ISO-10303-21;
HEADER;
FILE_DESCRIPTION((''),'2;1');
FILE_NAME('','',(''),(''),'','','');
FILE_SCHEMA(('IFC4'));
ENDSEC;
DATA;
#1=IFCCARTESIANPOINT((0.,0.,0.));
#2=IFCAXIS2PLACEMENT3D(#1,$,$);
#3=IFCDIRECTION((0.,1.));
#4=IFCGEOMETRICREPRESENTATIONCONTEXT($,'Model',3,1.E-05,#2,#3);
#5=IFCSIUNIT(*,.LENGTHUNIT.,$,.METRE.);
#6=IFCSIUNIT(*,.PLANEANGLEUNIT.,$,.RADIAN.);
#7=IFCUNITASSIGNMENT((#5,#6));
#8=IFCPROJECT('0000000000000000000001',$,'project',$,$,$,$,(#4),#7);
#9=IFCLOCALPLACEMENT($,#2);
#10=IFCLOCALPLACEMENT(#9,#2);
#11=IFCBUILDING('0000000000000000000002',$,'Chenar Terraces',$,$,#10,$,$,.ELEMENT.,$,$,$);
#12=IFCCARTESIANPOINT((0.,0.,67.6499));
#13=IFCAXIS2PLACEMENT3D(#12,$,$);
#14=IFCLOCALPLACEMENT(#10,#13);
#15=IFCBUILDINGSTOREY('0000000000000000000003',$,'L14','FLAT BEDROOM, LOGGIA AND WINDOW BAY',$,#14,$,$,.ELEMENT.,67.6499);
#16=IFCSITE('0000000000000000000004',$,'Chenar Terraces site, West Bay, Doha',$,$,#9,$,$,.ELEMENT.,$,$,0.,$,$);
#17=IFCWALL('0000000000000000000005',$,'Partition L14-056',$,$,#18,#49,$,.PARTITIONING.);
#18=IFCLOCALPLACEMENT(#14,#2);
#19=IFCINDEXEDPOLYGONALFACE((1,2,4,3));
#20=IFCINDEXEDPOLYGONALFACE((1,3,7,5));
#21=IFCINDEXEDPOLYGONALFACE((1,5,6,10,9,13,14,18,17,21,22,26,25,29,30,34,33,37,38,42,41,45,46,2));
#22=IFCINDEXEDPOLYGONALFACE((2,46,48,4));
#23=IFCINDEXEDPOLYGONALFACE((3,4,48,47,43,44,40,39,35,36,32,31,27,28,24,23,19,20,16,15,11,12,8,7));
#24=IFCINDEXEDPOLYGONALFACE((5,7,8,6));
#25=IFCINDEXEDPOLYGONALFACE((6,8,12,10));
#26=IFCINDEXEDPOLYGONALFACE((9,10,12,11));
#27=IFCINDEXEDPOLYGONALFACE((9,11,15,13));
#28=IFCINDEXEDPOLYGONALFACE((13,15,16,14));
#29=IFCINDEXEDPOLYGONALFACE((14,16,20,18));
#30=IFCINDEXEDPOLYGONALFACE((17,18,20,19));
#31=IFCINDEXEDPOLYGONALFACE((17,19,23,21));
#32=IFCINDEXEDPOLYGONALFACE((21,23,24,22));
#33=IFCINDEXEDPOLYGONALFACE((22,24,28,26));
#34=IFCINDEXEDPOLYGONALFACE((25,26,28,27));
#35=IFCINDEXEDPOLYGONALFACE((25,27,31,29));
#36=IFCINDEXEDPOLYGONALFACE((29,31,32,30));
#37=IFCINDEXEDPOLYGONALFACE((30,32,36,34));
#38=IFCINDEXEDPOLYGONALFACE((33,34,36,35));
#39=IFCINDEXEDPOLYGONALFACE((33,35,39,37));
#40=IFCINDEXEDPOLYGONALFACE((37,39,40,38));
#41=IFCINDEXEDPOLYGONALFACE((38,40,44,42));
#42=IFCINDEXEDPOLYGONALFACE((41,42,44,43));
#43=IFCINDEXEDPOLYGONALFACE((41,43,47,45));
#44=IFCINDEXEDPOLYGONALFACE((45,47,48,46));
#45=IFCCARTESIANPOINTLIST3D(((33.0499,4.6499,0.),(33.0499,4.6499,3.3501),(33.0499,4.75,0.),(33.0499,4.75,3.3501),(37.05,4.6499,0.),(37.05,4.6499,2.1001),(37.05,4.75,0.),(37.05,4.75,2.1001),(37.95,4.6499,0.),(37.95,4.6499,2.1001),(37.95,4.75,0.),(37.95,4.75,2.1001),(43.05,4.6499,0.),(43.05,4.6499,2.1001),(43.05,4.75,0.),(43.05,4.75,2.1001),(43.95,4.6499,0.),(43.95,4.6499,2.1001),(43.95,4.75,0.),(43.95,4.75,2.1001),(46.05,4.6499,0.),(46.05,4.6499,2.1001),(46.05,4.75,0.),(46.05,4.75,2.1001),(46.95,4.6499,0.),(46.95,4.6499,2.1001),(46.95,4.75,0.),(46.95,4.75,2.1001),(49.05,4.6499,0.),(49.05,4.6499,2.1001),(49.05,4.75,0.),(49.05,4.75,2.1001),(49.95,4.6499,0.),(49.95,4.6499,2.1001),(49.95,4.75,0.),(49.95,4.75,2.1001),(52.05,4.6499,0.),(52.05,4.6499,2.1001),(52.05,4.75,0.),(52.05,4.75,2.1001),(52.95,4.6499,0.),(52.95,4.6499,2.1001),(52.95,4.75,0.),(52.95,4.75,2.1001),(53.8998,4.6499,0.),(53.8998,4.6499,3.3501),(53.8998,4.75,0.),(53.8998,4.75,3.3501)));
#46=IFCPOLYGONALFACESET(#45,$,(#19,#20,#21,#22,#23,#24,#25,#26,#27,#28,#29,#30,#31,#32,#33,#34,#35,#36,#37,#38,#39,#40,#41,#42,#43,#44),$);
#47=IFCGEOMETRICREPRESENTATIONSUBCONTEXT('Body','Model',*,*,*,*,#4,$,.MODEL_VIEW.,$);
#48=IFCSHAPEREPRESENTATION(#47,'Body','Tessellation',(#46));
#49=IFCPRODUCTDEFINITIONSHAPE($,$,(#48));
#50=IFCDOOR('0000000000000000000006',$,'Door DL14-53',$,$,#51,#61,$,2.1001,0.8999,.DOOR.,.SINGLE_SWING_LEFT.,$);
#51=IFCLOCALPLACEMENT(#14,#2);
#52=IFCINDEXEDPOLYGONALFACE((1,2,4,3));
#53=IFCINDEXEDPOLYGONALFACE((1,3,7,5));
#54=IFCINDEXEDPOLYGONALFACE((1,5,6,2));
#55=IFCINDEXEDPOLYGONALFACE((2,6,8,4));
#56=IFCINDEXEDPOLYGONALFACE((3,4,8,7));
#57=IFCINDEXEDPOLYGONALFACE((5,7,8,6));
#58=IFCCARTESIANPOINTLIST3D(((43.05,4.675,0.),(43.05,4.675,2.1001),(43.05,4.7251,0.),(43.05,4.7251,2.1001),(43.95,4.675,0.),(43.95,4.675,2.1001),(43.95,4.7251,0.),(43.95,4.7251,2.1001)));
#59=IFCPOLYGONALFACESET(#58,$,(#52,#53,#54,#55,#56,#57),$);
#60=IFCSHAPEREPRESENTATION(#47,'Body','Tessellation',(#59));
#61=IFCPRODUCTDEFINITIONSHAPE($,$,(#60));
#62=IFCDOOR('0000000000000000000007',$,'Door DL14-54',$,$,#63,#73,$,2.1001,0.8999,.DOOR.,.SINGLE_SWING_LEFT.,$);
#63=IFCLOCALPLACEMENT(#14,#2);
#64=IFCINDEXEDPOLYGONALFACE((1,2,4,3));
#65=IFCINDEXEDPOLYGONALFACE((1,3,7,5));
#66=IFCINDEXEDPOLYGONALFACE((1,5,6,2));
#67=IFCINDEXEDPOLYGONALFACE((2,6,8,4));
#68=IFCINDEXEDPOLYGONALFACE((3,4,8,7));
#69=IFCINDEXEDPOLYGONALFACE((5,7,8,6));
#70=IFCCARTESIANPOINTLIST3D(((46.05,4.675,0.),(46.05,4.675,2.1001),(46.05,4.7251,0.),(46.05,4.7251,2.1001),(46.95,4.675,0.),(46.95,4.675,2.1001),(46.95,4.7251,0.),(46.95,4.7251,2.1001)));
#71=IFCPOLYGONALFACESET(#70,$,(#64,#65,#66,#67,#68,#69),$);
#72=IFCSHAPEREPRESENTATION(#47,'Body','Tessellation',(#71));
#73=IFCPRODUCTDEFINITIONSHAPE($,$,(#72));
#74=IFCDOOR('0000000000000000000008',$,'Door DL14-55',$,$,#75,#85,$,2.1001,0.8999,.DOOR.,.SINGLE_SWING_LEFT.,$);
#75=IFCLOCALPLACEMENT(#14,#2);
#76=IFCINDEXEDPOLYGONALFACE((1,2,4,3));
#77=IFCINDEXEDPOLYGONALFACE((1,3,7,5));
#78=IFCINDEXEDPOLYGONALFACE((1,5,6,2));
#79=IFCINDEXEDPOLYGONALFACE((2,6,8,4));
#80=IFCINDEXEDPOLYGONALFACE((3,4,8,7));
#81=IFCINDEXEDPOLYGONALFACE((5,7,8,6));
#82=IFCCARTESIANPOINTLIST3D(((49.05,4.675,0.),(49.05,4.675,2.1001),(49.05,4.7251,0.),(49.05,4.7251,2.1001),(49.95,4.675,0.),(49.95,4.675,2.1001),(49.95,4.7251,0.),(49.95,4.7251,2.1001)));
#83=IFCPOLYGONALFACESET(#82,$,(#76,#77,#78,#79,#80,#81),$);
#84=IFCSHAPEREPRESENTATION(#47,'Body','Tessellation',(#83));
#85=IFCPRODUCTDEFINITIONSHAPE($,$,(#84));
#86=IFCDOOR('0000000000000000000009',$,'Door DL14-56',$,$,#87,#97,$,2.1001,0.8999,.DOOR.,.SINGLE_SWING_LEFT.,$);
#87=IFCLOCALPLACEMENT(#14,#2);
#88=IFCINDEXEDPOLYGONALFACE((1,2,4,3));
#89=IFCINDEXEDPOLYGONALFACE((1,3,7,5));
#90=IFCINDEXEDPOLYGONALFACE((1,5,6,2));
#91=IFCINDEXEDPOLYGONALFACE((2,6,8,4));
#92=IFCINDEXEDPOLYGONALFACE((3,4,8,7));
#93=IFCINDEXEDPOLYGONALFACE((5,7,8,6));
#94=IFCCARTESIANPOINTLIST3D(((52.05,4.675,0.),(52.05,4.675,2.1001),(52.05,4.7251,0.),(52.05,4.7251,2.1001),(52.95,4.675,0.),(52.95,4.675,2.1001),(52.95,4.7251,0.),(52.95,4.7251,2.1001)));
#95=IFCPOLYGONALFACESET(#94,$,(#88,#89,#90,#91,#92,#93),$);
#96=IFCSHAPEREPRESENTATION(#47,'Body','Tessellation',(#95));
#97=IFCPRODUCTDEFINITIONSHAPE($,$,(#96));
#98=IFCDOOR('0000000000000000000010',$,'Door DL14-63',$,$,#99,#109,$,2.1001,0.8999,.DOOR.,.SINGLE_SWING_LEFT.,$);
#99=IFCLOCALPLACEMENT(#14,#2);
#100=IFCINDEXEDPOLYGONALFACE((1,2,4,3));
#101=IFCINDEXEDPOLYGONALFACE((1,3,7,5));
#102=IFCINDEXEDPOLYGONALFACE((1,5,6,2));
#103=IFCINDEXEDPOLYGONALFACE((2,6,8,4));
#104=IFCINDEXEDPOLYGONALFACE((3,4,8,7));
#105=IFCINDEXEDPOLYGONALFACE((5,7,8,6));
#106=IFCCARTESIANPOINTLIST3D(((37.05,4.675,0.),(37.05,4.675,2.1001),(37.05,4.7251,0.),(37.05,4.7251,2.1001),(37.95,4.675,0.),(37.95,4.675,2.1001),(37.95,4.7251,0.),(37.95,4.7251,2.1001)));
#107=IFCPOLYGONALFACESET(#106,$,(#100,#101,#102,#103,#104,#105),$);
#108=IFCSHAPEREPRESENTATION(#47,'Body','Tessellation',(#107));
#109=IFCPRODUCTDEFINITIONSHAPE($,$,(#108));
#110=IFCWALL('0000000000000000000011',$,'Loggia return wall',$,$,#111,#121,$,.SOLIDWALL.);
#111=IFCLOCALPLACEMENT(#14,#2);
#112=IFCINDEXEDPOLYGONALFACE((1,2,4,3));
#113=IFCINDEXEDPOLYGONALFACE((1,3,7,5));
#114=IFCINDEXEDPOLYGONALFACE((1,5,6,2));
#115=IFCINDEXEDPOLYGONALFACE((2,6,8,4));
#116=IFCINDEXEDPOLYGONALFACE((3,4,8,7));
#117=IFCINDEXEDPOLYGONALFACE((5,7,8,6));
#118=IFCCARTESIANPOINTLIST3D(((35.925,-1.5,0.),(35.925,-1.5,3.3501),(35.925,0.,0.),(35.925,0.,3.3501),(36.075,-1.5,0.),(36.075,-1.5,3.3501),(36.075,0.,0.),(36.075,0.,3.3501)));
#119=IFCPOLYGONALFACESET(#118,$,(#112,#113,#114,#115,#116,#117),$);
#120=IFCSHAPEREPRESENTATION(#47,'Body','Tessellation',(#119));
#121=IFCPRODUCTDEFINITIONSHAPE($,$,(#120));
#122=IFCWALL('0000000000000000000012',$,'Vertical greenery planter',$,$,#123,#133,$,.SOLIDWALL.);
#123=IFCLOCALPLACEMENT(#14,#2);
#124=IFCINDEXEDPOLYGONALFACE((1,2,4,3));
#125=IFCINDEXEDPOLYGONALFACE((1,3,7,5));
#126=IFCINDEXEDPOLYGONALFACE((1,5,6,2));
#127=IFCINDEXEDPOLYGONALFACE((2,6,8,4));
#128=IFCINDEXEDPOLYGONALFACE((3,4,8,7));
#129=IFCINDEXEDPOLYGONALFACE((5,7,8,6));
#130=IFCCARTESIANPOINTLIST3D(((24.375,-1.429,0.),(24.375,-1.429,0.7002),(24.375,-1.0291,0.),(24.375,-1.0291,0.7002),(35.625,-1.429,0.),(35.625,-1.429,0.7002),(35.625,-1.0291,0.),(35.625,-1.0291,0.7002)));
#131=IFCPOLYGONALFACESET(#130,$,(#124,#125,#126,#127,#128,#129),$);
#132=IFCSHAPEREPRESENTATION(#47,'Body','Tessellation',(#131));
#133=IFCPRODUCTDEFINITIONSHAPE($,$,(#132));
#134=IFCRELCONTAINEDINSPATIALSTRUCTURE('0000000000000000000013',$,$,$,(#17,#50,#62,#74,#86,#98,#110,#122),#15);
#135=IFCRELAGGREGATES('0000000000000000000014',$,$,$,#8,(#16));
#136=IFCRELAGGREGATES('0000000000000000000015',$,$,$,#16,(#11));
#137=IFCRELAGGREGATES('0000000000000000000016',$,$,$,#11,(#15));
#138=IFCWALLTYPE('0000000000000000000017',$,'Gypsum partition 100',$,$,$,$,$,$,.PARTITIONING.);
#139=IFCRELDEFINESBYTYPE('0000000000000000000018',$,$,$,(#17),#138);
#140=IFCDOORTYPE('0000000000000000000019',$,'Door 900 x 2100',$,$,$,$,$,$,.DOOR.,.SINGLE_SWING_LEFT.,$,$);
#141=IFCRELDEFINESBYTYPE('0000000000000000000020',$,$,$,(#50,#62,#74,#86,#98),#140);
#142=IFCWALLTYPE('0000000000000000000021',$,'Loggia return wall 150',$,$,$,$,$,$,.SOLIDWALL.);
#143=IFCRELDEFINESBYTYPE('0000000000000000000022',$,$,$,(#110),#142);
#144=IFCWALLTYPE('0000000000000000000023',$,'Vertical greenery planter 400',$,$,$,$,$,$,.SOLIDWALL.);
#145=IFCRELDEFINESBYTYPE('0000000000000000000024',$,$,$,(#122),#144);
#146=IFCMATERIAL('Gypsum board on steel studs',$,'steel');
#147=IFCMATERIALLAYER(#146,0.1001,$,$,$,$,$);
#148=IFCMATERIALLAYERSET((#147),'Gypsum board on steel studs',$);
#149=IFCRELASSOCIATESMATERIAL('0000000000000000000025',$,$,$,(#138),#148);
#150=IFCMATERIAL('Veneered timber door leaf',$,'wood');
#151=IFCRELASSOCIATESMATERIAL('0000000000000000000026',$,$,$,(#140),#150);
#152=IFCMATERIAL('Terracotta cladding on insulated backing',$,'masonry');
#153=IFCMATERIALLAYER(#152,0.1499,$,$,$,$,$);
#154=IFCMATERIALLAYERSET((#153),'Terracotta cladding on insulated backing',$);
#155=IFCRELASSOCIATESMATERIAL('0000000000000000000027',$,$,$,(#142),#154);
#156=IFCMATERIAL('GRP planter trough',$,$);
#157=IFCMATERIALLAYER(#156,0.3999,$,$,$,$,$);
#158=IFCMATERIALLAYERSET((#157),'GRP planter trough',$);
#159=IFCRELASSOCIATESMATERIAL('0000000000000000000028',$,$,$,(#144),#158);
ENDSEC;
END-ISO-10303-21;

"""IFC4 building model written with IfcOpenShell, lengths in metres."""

from ifc_helpers import new_model, si_unit, direction, frame, frame_2d, origin, place, context, subcontext, project, spatial, rectangle, extrude, material, layer, layer_set, type_object, element, fill, save


model = new_model("IFC4")

# Units and contexts
model_context = context("Model", 3, precision=1e-05, world=origin(), true_north=direction((0.0, 1.0)))
body_context = subcontext(model_context, "Body", "Model", "MODEL_VIEW")
ifc_project = project(units=[si_unit("LENGTHUNIT", "METRE"), si_unit("PLANEANGLEUNIT", "RADIAN")], contexts=[model_context])

# Site, building, storey
site_placement = place(None, origin())
site = spatial("IfcSite", under=ifc_project, at=site_placement, Name="Chenar Terraces site, West Bay, Doha", CompositionType="ELEMENT", RefElevation=0.0)
building_placement = place(site_placement, origin())
building = spatial("IfcBuilding", under=site, at=building_placement, Name="Chenar Terraces", CompositionType="ELEMENT")
storey_placement = place(building_placement, frame((0.0, 0.0, 67.6499)))
storey = spatial("IfcBuildingStorey", under=building, at=storey_placement, Name="L14", Description="FLAT BEDROOM, LOGGIA AND WINDOW BAY", CompositionType="ELEMENT", Elevation=67.6499)

# Shared definitions
ifc_material_1 = material(Name="Gypsum board on steel studs", Category="steel")
ifc_layer_1 = layer(ifc_material_1, 0.1001)
ifc_layer_set_1 = layer_set([ifc_layer_1], Name="Gypsum board on steel studs")
wall_type_1 = type_object("IfcWallType", Name="Gypsum partition 100", PredefinedType="PARTITIONING", material=ifc_layer_set_1)

# Wall, openings, doors
wall_1_placement = place(storey_placement, frame((33.05, 4.7, 0.0), z_axis=(0.0, 0.0, 1.0), x_axis=(1.0, 0.0, 0.0)))
wall_1 = element("IfcWall", 1, at=wall_1_placement, inside=storey, type_object=wall_type_1, Name="Partition L14-056", PredefinedType="PARTITIONING", context=body_context, shape_type="SweptSolid", body=[
    extrude(rectangle(XDim=20.8499, YDim=0.1001, at=frame_2d((10.4248, 0.0))), origin(), (0.0, 0.0, 1.0), 3.3501),
])
opening_1_placement = place(wall_1_placement, frame((10.0, 0.0, 0.0)))
opening_1 = element("IfcOpeningElement", 2, at=opening_1_placement, cuts=wall_1, PredefinedType="OPENING", context=body_context, shape_type="SweptSolid", body=[
    extrude(rectangle(XDim=0.8999, YDim=2.1001, at=frame_2d((0.45, 1.05))), frame((0.0, 0.0601, 0.0), z_axis=(0.0, -1.0, 0.0), x_axis=(1.0, 0.0, 0.0)), (0.0, 0.0, 1.0), 0.1201),
])
opening_2_placement = place(wall_1_placement, frame((13.0, 0.0, 0.0)))
opening_2 = element("IfcOpeningElement", 3, at=opening_2_placement, cuts=wall_1, PredefinedType="OPENING", context=body_context, shape_type="SweptSolid", body=[
    extrude(rectangle(XDim=0.8999, YDim=2.1001, at=frame_2d((0.45, 1.05))), frame((0.0, 0.0601, 0.0), z_axis=(0.0, -1.0, 0.0), x_axis=(1.0, 0.0, 0.0)), (0.0, 0.0, 1.0), 0.1201),
])
opening_3_placement = place(wall_1_placement, frame((16.0, 0.0, 0.0)))
opening_3 = element("IfcOpeningElement", 4, at=opening_3_placement, cuts=wall_1, PredefinedType="OPENING", context=body_context, shape_type="SweptSolid", body=[
    extrude(rectangle(XDim=0.8999, YDim=2.1001, at=frame_2d((0.45, 1.05))), frame((0.0, 0.0601, 0.0), z_axis=(0.0, -1.0, 0.0), x_axis=(1.0, 0.0, 0.0)), (0.0, 0.0, 1.0), 0.1201),
])
opening_4_placement = place(wall_1_placement, frame((19.0, 0.0, 0.0)))
opening_4 = element("IfcOpeningElement", 5, at=opening_4_placement, cuts=wall_1, PredefinedType="OPENING", context=body_context, shape_type="SweptSolid", body=[
    extrude(rectangle(XDim=0.8999, YDim=2.1001, at=frame_2d((0.45, 1.05))), frame((0.0, 0.0601, 0.0), z_axis=(0.0, -1.0, 0.0), x_axis=(1.0, 0.0, 0.0)), (0.0, 0.0, 1.0), 0.1201),
])
opening_5_placement = place(wall_1_placement, frame((4.0, 0.0, 0.0)))
opening_5 = element("IfcOpeningElement", 6, at=opening_5_placement, cuts=wall_1, PredefinedType="OPENING", context=body_context, shape_type="SweptSolid", body=[
    extrude(rectangle(XDim=0.8999, YDim=2.1001, at=frame_2d((0.45, 1.05))), frame((0.0, 0.0601, 0.0), z_axis=(0.0, -1.0, 0.0), x_axis=(1.0, 0.0, 0.0)), (0.0, 0.0, 1.0), 0.1201),
])
ifc_material_2 = material(Name="Veneered timber door leaf", Category="wood")
door_type_1 = type_object("IfcDoorType", Name="Door 900 x 2100", OperationType="SINGLE_SWING_LEFT", PredefinedType="DOOR", material=ifc_material_2)
door_1_placement = place(opening_1_placement, frame((0.8999, 0.0, 0.0), z_axis=(0.0, 0.0, 1.0), x_axis=(-1.0, 0.0, 0.0)))
door_1 = element("IfcDoor", 7, at=door_1_placement, inside=storey, type_object=door_type_1, Name="Door DL14-53", OperationType="SINGLE_SWING_LEFT", OverallHeight=2.1001, OverallWidth=0.8999, PredefinedType="DOOR", context=body_context, shape_type="SweptSolid", body=[
    extrude(rectangle(XDim=0.8999, YDim=2.1001, at=frame_2d((0.45, 1.05))), frame((0.0, 0.0249, 0.0), z_axis=(0.0, -1.0, 0.0), x_axis=(1.0, 0.0, 0.0)), (0.0, 0.0, 1.0), 0.05),
])
fill(opening_1, door_1)
door_2_placement = place(opening_2_placement, frame((0.8999, 0.0, 0.0), z_axis=(0.0, 0.0, 1.0), x_axis=(-1.0, 0.0, 0.0)))
door_2 = element("IfcDoor", 8, at=door_2_placement, inside=storey, type_object=door_type_1, Name="Door DL14-54", OperationType="SINGLE_SWING_LEFT", OverallHeight=2.1001, OverallWidth=0.8999, PredefinedType="DOOR", context=body_context, shape_type="SweptSolid", body=[
    extrude(rectangle(XDim=0.8999, YDim=2.1001, at=frame_2d((0.45, 1.05))), frame((0.0, 0.0249, 0.0), z_axis=(0.0, -1.0, 0.0), x_axis=(1.0, 0.0, 0.0)), (0.0, 0.0, 1.0), 0.05),
])
fill(opening_2, door_2)
door_3_placement = place(opening_3_placement, frame((0.8999, 0.0, 0.0), z_axis=(0.0, 0.0, 1.0), x_axis=(-1.0, 0.0, 0.0)))
door_3 = element("IfcDoor", 9, at=door_3_placement, inside=storey, type_object=door_type_1, Name="Door DL14-55", OperationType="SINGLE_SWING_LEFT", OverallHeight=2.1001, OverallWidth=0.8999, PredefinedType="DOOR", context=body_context, shape_type="SweptSolid", body=[
    extrude(rectangle(XDim=0.8999, YDim=2.1001, at=frame_2d((0.45, 1.05))), frame((0.0, 0.0249, 0.0), z_axis=(0.0, -1.0, 0.0), x_axis=(1.0, 0.0, 0.0)), (0.0, 0.0, 1.0), 0.05),
])
fill(opening_3, door_3)
door_4_placement = place(opening_4_placement, frame((0.8999, 0.0, 0.0), z_axis=(0.0, 0.0, 1.0), x_axis=(-1.0, 0.0, 0.0)))
door_4 = element("IfcDoor", 10, at=door_4_placement, inside=storey, type_object=door_type_1, Name="Door DL14-56", OperationType="SINGLE_SWING_LEFT", OverallHeight=2.1001, OverallWidth=0.8999, PredefinedType="DOOR", context=body_context, shape_type="SweptSolid", body=[
    extrude(rectangle(XDim=0.8999, YDim=2.1001, at=frame_2d((0.45, 1.05))), frame((0.0, 0.0249, 0.0), z_axis=(0.0, -1.0, 0.0), x_axis=(1.0, 0.0, 0.0)), (0.0, 0.0, 1.0), 0.05),
])
fill(opening_4, door_4)
door_5_placement = place(opening_5_placement, frame((0.8999, 0.0, 0.0), z_axis=(0.0, 0.0, 1.0), x_axis=(-1.0, 0.0, 0.0)))
door_5 = element("IfcDoor", 11, at=door_5_placement, inside=storey, type_object=door_type_1, Name="Door DL14-63", OperationType="SINGLE_SWING_LEFT", OverallHeight=2.1001, OverallWidth=0.8999, PredefinedType="DOOR", context=body_context, shape_type="SweptSolid", body=[
    extrude(rectangle(XDim=0.8999, YDim=2.1001, at=frame_2d((0.45, 1.05))), frame((0.0, 0.0249, 0.0), z_axis=(0.0, -1.0, 0.0), x_axis=(1.0, 0.0, 0.0)), (0.0, 0.0, 1.0), 0.05),
])
fill(opening_5, door_5)

# Walls
ifc_material_3 = material(Name="Terracotta cladding on insulated backing", Category="masonry")
ifc_layer_2 = layer(ifc_material_3, 0.1499)
ifc_layer_set_2 = layer_set([ifc_layer_2], Name="Terracotta cladding on insulated backing")
wall_type_2 = type_object("IfcWallType", Name="Loggia return wall 150", PredefinedType="SOLIDWALL", material=ifc_layer_set_2)
wall_2_placement = place(storey_placement, frame((36.0, -1.5, 0.0), z_axis=(0.0, 0.0, 1.0), x_axis=(0.0, 1.0, 0.0)))
element("IfcWall", 12, at=wall_2_placement, inside=storey, type_object=wall_type_2, Name="Loggia return wall", PredefinedType="SOLIDWALL", context=body_context, shape_type="SweptSolid", body=[
    extrude(rectangle(XDim=1.5, YDim=0.1499, at=frame_2d((0.75, 0.0))), origin(), (0.0, 0.0, 1.0), 3.3501),
])
ifc_material_4 = material(Name="GRP planter trough")
ifc_layer_3 = layer(ifc_material_4, 0.3999)
ifc_layer_set_3 = layer_set([ifc_layer_3], Name="GRP planter trough")
wall_type_3 = type_object("IfcWallType", Name="Vertical greenery planter 400", PredefinedType="SOLIDWALL", material=ifc_layer_set_3)
wall_3_placement = place(storey_placement, frame((24.375, -1.229, 0.0), z_axis=(0.0, 0.0, 1.0), x_axis=(1.0, 0.0, 0.0)))
element("IfcWall", 13, at=wall_3_placement, inside=storey, type_object=wall_type_3, Name="Vertical greenery planter", PredefinedType="SOLIDWALL", context=body_context, shape_type="SweptSolid", body=[
    extrude(rectangle(XDim=11.25, YDim=0.3999, at=frame_2d((5.625, 0.0))), origin(), (0.0, 0.0, 1.0), 0.7002),
])

save(model, "model.ifc")
